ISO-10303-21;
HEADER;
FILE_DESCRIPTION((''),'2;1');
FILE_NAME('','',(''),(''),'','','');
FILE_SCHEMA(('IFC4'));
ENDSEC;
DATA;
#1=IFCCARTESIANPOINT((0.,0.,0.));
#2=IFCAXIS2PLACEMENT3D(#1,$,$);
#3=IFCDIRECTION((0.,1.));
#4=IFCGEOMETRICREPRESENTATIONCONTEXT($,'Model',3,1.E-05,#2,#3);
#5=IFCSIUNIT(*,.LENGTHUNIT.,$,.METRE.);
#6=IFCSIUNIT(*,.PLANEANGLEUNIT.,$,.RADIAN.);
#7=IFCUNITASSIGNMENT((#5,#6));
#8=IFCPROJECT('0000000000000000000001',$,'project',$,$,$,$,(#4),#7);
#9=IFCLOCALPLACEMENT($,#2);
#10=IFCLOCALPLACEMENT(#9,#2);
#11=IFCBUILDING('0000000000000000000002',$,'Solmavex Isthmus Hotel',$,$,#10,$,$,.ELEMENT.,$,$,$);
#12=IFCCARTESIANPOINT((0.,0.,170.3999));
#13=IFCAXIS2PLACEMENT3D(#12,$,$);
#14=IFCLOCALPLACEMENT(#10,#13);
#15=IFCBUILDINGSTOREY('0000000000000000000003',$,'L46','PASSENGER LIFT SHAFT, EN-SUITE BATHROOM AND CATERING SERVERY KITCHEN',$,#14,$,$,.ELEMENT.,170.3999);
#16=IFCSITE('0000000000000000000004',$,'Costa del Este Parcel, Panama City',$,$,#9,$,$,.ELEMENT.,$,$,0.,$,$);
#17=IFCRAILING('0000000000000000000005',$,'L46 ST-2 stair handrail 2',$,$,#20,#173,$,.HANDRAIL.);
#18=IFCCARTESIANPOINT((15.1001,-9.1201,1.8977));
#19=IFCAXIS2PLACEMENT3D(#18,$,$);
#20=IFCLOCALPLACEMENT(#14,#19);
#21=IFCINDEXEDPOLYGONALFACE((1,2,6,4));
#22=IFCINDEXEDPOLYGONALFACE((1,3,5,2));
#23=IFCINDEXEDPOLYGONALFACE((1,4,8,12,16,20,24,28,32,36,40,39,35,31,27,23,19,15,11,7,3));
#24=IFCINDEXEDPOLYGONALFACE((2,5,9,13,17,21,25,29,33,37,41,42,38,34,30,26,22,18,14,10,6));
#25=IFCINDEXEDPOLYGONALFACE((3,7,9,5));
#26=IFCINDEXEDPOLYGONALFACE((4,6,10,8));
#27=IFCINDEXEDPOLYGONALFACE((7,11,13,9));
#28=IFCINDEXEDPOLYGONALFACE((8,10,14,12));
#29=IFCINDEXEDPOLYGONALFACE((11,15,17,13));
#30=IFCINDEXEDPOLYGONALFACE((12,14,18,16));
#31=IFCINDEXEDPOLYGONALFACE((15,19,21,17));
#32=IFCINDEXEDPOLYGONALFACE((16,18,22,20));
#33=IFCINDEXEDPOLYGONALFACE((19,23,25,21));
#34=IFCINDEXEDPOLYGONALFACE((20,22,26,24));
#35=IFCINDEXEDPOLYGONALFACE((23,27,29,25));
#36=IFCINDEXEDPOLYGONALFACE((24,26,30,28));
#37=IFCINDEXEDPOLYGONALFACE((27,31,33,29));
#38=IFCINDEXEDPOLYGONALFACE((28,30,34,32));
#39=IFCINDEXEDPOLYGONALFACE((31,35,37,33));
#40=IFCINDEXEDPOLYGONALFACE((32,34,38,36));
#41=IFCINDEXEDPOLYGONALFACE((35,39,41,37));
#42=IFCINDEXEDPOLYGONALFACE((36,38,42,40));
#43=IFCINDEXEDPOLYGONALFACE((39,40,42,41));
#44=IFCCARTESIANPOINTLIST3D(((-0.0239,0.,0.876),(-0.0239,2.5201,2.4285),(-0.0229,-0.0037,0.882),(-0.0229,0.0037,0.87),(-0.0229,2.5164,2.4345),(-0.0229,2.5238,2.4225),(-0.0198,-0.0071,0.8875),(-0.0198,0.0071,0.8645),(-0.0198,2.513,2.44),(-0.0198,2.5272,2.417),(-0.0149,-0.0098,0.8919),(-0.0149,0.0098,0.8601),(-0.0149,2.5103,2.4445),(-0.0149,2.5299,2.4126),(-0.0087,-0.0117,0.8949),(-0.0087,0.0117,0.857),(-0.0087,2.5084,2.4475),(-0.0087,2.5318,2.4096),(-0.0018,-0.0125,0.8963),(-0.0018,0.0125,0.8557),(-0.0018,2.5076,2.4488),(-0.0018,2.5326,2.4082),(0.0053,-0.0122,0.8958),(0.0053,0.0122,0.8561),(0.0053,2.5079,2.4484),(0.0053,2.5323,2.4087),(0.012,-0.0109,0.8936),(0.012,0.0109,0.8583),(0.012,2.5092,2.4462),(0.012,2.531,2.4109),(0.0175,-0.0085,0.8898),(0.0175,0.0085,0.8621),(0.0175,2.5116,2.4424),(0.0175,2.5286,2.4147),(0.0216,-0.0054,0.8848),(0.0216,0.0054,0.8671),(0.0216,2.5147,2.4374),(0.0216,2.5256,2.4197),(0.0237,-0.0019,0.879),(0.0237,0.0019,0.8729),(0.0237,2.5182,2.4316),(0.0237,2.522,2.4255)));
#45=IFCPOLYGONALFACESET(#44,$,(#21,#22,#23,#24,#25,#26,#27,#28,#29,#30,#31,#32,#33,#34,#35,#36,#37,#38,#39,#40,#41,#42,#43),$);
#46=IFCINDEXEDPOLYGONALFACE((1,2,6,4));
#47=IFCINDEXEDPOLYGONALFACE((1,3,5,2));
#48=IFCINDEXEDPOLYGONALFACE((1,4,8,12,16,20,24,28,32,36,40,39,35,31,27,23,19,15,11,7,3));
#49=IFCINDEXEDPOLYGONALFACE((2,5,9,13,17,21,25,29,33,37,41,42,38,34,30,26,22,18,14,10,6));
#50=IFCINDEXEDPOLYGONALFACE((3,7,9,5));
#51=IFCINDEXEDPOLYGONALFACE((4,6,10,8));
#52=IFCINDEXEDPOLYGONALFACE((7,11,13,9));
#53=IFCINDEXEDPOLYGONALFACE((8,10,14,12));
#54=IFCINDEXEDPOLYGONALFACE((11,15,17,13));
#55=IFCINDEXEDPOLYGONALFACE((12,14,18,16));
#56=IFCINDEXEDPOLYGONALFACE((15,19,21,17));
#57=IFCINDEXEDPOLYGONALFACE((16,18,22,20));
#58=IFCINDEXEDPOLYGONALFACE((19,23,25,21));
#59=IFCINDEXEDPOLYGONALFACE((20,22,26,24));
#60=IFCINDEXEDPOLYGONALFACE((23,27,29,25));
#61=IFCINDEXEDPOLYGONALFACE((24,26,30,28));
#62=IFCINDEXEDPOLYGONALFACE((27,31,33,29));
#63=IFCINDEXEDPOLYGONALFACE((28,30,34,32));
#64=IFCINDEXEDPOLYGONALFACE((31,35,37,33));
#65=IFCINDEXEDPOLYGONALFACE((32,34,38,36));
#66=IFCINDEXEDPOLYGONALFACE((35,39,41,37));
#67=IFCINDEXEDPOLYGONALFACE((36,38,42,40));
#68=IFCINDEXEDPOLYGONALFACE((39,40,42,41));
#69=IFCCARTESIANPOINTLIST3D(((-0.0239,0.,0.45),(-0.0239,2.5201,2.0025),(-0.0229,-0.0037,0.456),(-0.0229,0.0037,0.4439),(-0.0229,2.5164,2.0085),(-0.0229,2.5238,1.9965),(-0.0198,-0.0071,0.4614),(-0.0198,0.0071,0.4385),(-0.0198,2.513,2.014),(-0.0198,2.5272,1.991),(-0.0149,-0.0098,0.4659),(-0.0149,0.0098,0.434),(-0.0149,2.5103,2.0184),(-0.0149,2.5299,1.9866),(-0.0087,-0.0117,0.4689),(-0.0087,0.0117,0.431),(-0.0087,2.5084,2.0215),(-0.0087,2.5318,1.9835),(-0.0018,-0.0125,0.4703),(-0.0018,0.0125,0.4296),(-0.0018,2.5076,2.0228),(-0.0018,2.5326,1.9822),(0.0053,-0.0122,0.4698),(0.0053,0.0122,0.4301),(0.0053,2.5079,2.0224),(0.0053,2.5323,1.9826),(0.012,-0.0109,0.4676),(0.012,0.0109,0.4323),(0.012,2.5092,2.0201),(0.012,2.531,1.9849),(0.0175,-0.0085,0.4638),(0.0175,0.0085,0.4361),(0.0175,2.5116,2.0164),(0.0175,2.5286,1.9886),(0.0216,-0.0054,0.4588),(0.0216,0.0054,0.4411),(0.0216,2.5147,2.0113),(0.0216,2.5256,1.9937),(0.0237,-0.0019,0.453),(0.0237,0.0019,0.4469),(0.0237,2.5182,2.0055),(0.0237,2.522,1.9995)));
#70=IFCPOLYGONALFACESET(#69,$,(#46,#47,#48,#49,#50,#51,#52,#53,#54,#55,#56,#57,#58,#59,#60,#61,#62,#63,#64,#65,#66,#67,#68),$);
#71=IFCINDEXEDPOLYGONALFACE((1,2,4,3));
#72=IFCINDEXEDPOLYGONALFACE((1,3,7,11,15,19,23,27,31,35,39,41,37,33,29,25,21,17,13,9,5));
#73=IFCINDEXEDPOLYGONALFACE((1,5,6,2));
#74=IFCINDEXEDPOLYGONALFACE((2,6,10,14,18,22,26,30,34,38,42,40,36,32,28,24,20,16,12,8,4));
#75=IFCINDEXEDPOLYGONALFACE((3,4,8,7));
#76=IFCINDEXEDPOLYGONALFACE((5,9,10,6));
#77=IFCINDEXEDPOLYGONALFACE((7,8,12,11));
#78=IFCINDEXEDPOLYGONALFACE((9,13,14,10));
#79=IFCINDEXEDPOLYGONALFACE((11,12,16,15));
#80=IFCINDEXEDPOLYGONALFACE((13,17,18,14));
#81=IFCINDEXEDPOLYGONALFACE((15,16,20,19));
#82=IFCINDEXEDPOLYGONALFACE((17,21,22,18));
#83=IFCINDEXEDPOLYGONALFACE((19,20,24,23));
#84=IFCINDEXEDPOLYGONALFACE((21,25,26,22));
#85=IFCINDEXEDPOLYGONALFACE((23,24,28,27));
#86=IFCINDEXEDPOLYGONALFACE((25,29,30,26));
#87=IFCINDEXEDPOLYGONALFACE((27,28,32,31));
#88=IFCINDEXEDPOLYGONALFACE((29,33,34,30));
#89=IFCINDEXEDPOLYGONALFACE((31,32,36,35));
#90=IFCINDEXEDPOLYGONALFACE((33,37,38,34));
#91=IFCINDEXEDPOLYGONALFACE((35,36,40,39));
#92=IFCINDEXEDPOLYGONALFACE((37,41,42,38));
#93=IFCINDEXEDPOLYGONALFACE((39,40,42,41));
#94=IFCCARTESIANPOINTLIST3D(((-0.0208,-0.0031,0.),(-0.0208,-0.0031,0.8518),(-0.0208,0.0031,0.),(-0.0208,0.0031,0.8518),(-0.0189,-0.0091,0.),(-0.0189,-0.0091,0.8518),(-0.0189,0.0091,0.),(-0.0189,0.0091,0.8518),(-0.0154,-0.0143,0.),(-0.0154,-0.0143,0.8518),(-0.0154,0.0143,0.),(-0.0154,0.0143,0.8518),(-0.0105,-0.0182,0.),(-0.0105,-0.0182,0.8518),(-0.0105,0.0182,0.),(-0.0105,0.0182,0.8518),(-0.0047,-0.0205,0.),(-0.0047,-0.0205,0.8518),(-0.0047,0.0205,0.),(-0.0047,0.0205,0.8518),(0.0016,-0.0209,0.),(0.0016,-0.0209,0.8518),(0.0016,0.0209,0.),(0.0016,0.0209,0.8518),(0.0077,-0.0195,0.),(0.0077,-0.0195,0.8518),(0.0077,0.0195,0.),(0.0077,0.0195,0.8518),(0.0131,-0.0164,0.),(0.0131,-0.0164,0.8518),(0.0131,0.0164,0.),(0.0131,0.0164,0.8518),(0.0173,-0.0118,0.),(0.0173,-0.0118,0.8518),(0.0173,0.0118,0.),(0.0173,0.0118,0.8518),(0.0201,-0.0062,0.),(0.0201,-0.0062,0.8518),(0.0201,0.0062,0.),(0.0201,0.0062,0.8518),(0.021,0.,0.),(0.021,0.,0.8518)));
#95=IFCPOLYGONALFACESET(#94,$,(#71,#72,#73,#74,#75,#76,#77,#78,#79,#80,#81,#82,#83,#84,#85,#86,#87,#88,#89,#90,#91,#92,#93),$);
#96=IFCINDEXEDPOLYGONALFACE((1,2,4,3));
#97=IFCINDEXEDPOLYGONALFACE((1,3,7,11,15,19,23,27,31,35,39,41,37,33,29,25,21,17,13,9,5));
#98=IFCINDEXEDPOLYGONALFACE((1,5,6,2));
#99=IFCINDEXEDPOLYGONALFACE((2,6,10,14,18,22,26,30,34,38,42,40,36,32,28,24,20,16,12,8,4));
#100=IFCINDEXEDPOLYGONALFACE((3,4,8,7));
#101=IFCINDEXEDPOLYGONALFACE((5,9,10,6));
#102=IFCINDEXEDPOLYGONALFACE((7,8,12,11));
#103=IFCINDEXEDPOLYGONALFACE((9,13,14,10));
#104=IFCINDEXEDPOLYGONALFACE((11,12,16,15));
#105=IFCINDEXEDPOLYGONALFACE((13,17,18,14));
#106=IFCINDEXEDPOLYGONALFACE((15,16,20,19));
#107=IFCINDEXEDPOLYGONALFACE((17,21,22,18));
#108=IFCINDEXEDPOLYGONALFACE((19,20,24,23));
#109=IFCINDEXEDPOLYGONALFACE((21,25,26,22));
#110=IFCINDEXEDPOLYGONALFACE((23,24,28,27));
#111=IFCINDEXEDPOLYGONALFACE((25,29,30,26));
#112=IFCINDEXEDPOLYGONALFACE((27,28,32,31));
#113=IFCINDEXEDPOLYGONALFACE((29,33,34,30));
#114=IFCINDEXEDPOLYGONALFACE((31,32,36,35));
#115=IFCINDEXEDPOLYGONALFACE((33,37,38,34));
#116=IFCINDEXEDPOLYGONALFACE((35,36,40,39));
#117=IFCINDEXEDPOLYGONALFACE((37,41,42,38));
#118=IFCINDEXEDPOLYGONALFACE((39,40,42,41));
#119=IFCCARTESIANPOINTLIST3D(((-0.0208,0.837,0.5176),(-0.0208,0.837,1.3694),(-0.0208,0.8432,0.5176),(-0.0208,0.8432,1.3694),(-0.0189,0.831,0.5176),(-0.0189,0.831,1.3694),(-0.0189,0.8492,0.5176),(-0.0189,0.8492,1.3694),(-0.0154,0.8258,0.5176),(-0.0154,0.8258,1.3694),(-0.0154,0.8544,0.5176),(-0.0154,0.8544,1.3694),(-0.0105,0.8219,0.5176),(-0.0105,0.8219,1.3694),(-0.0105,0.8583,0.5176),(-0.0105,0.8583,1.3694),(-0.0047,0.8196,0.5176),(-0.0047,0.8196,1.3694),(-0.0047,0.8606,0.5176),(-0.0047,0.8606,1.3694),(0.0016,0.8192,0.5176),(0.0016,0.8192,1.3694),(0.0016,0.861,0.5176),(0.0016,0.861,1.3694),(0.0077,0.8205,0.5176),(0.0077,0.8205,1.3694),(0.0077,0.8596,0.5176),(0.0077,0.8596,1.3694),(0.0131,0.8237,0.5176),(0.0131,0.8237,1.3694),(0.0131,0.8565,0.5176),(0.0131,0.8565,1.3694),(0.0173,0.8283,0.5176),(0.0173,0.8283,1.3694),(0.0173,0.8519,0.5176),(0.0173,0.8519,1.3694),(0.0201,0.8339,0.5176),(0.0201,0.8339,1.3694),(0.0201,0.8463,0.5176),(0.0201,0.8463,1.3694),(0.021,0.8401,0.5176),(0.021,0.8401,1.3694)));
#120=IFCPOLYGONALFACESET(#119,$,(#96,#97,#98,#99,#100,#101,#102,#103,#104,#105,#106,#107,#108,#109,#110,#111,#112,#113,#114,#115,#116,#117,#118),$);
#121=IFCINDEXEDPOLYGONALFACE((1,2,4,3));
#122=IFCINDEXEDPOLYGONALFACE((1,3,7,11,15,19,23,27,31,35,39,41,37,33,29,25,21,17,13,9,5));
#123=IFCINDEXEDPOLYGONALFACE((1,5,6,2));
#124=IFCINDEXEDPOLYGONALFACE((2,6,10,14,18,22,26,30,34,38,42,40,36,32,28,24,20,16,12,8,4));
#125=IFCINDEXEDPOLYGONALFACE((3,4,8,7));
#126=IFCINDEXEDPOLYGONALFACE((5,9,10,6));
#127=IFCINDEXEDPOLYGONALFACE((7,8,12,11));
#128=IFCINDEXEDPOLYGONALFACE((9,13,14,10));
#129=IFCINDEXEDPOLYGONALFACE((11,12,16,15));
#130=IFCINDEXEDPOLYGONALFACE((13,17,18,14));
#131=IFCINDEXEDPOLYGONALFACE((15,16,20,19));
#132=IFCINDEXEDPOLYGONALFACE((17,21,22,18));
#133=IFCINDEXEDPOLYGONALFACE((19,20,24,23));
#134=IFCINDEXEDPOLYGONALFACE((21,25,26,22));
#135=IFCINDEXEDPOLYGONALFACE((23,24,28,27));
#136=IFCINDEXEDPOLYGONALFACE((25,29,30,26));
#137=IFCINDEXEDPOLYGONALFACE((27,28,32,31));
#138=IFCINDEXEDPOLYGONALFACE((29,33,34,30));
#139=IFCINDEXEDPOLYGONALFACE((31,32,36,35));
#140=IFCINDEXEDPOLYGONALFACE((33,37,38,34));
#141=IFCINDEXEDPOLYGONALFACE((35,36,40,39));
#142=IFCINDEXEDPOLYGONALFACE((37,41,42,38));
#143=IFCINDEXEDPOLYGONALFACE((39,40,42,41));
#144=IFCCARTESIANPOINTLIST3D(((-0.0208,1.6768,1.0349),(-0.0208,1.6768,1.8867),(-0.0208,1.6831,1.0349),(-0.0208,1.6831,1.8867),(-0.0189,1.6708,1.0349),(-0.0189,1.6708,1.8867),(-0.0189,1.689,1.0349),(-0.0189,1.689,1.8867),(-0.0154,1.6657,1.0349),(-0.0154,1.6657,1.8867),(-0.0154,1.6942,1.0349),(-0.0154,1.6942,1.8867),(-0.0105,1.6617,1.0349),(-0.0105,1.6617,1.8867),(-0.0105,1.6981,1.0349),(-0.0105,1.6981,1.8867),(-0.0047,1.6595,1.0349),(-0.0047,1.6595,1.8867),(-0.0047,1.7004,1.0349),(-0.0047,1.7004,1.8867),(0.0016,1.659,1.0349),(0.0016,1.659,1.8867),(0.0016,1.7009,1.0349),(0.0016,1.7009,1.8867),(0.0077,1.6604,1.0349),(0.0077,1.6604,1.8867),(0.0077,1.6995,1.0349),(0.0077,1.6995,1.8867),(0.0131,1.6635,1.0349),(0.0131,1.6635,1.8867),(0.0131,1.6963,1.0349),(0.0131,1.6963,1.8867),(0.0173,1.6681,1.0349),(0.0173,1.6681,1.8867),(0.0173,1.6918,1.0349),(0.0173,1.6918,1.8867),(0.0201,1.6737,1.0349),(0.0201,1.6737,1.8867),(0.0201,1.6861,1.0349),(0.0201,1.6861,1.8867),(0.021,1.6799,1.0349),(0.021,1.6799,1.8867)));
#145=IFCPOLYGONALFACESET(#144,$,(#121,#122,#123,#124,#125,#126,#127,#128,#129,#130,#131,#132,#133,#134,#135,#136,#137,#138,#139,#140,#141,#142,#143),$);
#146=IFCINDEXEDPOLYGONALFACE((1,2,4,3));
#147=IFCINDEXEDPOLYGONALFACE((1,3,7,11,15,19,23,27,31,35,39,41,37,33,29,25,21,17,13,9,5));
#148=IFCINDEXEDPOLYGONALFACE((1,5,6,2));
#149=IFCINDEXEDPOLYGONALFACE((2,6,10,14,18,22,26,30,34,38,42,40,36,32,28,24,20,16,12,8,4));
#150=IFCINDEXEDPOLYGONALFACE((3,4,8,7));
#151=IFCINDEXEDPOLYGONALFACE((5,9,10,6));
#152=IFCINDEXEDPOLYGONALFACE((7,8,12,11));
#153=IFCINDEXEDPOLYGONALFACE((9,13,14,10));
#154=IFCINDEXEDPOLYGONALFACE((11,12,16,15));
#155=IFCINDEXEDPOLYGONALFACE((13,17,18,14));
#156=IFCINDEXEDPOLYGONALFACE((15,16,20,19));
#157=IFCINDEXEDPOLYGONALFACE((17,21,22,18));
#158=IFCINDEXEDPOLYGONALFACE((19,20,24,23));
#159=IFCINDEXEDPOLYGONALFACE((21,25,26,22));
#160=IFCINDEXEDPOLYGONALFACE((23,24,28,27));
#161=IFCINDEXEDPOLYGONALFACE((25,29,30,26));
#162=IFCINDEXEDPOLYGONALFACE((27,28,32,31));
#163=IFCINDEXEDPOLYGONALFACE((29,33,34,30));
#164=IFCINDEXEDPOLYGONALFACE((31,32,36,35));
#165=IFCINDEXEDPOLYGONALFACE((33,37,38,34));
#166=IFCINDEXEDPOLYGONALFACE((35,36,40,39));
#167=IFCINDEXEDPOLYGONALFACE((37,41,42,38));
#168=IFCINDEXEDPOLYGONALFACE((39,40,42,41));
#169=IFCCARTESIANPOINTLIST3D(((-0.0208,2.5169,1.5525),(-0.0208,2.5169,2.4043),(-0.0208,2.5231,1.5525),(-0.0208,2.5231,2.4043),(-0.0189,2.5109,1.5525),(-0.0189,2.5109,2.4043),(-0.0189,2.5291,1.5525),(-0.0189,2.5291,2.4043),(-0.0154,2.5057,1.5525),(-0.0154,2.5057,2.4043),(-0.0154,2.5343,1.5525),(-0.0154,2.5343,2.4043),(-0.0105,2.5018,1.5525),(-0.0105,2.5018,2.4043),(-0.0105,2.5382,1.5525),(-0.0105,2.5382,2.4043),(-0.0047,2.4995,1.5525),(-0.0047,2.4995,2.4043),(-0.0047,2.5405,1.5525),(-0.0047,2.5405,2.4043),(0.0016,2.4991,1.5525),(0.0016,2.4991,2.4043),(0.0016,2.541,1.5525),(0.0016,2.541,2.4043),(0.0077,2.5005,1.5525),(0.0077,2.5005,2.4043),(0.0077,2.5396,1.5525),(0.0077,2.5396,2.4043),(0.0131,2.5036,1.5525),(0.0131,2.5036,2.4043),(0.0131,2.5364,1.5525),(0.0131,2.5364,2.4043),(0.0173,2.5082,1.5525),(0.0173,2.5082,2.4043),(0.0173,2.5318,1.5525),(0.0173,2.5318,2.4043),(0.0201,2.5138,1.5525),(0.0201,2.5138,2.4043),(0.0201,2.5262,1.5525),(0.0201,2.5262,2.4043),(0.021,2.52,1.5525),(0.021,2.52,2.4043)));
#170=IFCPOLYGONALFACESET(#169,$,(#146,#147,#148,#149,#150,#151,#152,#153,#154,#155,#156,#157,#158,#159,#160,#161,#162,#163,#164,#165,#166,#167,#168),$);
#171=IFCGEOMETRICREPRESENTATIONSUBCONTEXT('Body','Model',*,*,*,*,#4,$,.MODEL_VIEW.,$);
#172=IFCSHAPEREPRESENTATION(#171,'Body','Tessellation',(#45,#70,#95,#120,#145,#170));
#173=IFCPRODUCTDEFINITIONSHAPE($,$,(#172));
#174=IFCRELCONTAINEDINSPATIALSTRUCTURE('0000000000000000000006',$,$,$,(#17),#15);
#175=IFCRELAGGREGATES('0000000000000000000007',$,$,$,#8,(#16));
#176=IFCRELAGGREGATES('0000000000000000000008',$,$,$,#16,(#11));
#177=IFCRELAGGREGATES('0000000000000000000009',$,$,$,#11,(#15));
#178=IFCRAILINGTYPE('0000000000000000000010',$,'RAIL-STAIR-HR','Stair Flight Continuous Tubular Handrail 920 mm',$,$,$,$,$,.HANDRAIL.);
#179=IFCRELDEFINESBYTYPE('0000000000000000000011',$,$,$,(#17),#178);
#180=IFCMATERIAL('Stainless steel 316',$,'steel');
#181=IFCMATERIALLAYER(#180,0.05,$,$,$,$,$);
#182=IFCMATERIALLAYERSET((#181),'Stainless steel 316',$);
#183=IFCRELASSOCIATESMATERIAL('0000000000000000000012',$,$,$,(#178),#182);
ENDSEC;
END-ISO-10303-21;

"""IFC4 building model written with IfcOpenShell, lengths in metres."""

from ifc_helpers import new_model, si_unit, direction, frame, origin, origin_2d, place, context, subcontext, project, spatial, circle, extrude, material, layer, layer_set, type_object, element, save


model = new_model("IFC4")

# Units and contexts
model_context = context("Model", 3, precision=1e-05, world=origin(), true_north=direction((0.0, 1.0)))
body_context = subcontext(model_context, "Body", "Model", "MODEL_VIEW")
ifc_project = project(units=[si_unit("LENGTHUNIT", "METRE"), si_unit("PLANEANGLEUNIT", "RADIAN")], contexts=[model_context])

# Site, building, storey
site_placement = place(None, origin())
site = spatial("IfcSite", under=ifc_project, at=site_placement, Name="Costa del Este Parcel, Panama City", CompositionType="ELEMENT", RefElevation=0.0)
building_placement = place(site_placement, origin())
building = spatial("IfcBuilding", under=site, at=building_placement, Name="Solmavex Isthmus Hotel", CompositionType="ELEMENT")
storey_placement = place(building_placement, frame((0.0, 0.0, 170.3999)))
storey = spatial("IfcBuildingStorey", under=building, at=storey_placement, Name="L46", Description="PASSENGER LIFT SHAFT, EN-SUITE BATHROOM AND CATERING SERVERY KITCHEN", CompositionType="ELEMENT", Elevation=170.3999)

# Railing
ifc_material_1 = material(Name="Stainless steel 316", Category="steel")
ifc_layer_1 = layer(ifc_material_1, 0.05)
ifc_layer_set_1 = layer_set([ifc_layer_1], Name="Stainless steel 316")
railing_type = type_object("IfcRailingType", Name="RAIL-STAIR-HR", Description="Stair Flight Continuous Tubular Handrail 920 mm", PredefinedType="HANDRAIL", material=ifc_layer_set_1)
railing_placement = place(storey_placement, frame((15.1001, -9.1201, 1.8977)))
element("IfcRailing", 1, at=railing_placement, inside=storey, type_object=railing_type, Name="L46 ST-2 stair handrail 2", PredefinedType="HANDRAIL", context=body_context, shape_type="SweptSolid", body=[
    extrude(circle(Radius=0.0239, at=origin_2d()), frame((0.0, 0.0, 0.876), z_axis=(0.0, 0.8514, 0.524516), x_axis=(-1.0, 0.0, 0.0)), (0.0, 0.0, 1.0), 2.96),
    extrude(circle(Radius=0.0239, at=origin_2d()), frame((0.0, 0.0, 0.45), z_axis=(0.0, 0.8514, 0.524516), x_axis=(-1.0, 0.0, 0.0)), (0.0, 0.0, 1.0), 2.96),
    extrude(circle(Radius=0.021, at=origin_2d()), origin(), (0.0, 0.0, 1.0), 0.8518),
    extrude(circle(Radius=0.021, at=origin_2d()), frame((0.0, 0.8401, 0.5176)), (0.0, 0.0, 1.0), 0.8518),
    extrude(circle(Radius=0.021, at=origin_2d()), frame((0.0, 1.6799, 1.0349)), (0.0, 0.0, 1.0), 0.8518),
    extrude(circle(Radius=0.021, at=origin_2d()), frame((0.0, 2.52, 1.5525)), (0.0, 0.0, 1.0), 0.8518),
])

save(model, "model.ifc")
